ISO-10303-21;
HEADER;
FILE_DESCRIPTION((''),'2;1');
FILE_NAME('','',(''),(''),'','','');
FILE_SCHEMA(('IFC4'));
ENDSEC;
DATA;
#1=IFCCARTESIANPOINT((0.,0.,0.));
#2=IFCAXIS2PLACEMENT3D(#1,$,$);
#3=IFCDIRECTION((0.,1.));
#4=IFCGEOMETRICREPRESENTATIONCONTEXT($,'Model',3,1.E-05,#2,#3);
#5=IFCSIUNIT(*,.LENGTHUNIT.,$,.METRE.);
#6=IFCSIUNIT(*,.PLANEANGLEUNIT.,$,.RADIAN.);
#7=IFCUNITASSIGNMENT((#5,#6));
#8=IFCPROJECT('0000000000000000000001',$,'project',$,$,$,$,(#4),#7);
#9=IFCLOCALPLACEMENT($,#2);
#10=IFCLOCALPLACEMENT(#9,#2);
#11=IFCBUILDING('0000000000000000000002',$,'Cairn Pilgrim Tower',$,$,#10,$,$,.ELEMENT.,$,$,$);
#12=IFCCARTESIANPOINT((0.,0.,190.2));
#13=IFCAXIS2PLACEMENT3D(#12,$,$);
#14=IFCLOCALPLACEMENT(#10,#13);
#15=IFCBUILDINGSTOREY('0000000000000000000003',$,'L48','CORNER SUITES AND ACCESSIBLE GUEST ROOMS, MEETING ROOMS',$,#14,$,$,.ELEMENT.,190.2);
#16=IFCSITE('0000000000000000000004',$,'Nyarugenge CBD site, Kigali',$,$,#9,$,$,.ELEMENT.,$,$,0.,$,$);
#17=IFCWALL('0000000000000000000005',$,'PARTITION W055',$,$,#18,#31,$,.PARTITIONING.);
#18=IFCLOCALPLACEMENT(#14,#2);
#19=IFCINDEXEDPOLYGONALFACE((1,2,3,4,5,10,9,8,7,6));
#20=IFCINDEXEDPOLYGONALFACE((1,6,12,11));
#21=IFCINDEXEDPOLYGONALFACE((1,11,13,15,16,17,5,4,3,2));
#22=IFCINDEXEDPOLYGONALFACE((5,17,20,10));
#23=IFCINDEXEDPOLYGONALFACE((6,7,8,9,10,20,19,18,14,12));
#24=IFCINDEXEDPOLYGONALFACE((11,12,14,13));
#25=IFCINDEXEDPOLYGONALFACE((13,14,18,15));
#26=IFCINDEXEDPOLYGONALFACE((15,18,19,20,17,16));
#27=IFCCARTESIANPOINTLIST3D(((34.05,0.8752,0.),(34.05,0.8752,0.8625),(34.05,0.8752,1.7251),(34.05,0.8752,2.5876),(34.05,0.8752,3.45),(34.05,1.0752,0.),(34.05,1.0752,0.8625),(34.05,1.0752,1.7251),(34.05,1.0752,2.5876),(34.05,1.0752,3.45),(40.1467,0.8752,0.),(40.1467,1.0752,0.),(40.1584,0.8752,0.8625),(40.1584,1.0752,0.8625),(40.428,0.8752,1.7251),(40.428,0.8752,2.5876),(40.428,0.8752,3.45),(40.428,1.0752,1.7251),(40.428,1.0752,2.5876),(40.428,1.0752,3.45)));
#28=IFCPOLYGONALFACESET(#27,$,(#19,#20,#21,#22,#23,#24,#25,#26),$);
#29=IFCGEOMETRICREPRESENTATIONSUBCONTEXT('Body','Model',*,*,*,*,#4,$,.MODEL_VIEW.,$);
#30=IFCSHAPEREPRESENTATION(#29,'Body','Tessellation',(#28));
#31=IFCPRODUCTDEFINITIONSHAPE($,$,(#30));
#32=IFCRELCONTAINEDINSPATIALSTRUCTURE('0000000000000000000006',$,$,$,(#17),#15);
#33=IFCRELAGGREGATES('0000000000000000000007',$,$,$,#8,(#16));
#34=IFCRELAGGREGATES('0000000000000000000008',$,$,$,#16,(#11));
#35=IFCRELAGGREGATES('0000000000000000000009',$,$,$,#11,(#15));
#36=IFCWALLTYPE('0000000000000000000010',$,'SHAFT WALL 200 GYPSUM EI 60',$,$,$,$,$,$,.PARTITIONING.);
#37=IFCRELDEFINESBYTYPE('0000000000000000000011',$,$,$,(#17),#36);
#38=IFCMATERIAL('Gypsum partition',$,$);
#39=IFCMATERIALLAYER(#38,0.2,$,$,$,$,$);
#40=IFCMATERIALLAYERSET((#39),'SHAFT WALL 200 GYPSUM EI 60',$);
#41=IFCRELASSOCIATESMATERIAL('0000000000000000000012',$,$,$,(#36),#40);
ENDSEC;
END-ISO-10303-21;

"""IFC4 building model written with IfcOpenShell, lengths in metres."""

from ifc_helpers import new_model, si_unit, direction, frame, origin, place, context, subcontext, project, spatial, polyline, outline, extrude, material, layer, layer_set, type_object, element, save


model = new_model("IFC4")

# Units and contexts
model_context = context("Model", 3, precision=1e-05, world=origin(), true_north=direction((0.0, 1.0)))
body_context = subcontext(model_context, "Body", "Model", "MODEL_VIEW")
ifc_project = project(units=[si_unit("LENGTHUNIT", "METRE"), si_unit("PLANEANGLEUNIT", "RADIAN")], contexts=[model_context])

# Site, building, storey
site_placement = place(None, origin())
site = spatial("IfcSite", under=ifc_project, at=site_placement, Name="Nyarugenge CBD site, Kigali", CompositionType="ELEMENT", RefElevation=0.0)
building_placement = place(site_placement, origin())
building = spatial("IfcBuilding", under=site, at=building_placement, Name="Cairn Pilgrim Tower", CompositionType="ELEMENT")
storey_placement = place(building_placement, frame((0.0, 0.0, 190.2)))
storey = spatial("IfcBuildingStorey", under=building, at=storey_placement, Name="L48", Description="CORNER SUITES AND ACCESSIBLE GUEST ROOMS, MEETING ROOMS", CompositionType="ELEMENT", Elevation=190.2)

# Shared definitions
ifc_material_1 = material(Name="Gypsum partition")

# Wall
ifc_layer_1 = layer(ifc_material_1, 0.2)
ifc_layer_set_1 = layer_set([ifc_layer_1], Name="SHAFT WALL 200 GYPSUM EI 60")
wall_type_1 = type_object("IfcWallType", Name="SHAFT WALL 200 GYPSUM EI 60", PredefinedType="PARTITIONING", material=ifc_layer_set_1)
wall_1_placement = place(storey_placement, frame((34.05, 0.9751, 0.0), z_axis=(0.0, 0.0, 1.0), x_axis=(1.0, 0.0, 0.0)))
element("IfcWall", 1, at=wall_1_placement, inside=storey, type_object=wall_type_1, Name="PARTITION W055", PredefinedType="PARTITIONING", context=body_context, shape_type="SweptSolid", body=[
    extrude(outline(polyline([(0.0, 0.0), (6.0967, 0.0), (6.1084, 0.8625), (6.3779, 1.7251), (6.3779, 2.5876), (6.3779, 3.45), (0.0, 3.45), (0.0, 2.5876), (0.0, 1.7251), (0.0, 0.8625), (0.0, 0.0)])), frame((0.0, 0.1001, 0.0), z_axis=(0.0, -1.0, 0.0), x_axis=(1.0, 0.0, 0.0)), (0.0, 0.0, 1.0), 0.2),
])

save(model, "model.ifc")
